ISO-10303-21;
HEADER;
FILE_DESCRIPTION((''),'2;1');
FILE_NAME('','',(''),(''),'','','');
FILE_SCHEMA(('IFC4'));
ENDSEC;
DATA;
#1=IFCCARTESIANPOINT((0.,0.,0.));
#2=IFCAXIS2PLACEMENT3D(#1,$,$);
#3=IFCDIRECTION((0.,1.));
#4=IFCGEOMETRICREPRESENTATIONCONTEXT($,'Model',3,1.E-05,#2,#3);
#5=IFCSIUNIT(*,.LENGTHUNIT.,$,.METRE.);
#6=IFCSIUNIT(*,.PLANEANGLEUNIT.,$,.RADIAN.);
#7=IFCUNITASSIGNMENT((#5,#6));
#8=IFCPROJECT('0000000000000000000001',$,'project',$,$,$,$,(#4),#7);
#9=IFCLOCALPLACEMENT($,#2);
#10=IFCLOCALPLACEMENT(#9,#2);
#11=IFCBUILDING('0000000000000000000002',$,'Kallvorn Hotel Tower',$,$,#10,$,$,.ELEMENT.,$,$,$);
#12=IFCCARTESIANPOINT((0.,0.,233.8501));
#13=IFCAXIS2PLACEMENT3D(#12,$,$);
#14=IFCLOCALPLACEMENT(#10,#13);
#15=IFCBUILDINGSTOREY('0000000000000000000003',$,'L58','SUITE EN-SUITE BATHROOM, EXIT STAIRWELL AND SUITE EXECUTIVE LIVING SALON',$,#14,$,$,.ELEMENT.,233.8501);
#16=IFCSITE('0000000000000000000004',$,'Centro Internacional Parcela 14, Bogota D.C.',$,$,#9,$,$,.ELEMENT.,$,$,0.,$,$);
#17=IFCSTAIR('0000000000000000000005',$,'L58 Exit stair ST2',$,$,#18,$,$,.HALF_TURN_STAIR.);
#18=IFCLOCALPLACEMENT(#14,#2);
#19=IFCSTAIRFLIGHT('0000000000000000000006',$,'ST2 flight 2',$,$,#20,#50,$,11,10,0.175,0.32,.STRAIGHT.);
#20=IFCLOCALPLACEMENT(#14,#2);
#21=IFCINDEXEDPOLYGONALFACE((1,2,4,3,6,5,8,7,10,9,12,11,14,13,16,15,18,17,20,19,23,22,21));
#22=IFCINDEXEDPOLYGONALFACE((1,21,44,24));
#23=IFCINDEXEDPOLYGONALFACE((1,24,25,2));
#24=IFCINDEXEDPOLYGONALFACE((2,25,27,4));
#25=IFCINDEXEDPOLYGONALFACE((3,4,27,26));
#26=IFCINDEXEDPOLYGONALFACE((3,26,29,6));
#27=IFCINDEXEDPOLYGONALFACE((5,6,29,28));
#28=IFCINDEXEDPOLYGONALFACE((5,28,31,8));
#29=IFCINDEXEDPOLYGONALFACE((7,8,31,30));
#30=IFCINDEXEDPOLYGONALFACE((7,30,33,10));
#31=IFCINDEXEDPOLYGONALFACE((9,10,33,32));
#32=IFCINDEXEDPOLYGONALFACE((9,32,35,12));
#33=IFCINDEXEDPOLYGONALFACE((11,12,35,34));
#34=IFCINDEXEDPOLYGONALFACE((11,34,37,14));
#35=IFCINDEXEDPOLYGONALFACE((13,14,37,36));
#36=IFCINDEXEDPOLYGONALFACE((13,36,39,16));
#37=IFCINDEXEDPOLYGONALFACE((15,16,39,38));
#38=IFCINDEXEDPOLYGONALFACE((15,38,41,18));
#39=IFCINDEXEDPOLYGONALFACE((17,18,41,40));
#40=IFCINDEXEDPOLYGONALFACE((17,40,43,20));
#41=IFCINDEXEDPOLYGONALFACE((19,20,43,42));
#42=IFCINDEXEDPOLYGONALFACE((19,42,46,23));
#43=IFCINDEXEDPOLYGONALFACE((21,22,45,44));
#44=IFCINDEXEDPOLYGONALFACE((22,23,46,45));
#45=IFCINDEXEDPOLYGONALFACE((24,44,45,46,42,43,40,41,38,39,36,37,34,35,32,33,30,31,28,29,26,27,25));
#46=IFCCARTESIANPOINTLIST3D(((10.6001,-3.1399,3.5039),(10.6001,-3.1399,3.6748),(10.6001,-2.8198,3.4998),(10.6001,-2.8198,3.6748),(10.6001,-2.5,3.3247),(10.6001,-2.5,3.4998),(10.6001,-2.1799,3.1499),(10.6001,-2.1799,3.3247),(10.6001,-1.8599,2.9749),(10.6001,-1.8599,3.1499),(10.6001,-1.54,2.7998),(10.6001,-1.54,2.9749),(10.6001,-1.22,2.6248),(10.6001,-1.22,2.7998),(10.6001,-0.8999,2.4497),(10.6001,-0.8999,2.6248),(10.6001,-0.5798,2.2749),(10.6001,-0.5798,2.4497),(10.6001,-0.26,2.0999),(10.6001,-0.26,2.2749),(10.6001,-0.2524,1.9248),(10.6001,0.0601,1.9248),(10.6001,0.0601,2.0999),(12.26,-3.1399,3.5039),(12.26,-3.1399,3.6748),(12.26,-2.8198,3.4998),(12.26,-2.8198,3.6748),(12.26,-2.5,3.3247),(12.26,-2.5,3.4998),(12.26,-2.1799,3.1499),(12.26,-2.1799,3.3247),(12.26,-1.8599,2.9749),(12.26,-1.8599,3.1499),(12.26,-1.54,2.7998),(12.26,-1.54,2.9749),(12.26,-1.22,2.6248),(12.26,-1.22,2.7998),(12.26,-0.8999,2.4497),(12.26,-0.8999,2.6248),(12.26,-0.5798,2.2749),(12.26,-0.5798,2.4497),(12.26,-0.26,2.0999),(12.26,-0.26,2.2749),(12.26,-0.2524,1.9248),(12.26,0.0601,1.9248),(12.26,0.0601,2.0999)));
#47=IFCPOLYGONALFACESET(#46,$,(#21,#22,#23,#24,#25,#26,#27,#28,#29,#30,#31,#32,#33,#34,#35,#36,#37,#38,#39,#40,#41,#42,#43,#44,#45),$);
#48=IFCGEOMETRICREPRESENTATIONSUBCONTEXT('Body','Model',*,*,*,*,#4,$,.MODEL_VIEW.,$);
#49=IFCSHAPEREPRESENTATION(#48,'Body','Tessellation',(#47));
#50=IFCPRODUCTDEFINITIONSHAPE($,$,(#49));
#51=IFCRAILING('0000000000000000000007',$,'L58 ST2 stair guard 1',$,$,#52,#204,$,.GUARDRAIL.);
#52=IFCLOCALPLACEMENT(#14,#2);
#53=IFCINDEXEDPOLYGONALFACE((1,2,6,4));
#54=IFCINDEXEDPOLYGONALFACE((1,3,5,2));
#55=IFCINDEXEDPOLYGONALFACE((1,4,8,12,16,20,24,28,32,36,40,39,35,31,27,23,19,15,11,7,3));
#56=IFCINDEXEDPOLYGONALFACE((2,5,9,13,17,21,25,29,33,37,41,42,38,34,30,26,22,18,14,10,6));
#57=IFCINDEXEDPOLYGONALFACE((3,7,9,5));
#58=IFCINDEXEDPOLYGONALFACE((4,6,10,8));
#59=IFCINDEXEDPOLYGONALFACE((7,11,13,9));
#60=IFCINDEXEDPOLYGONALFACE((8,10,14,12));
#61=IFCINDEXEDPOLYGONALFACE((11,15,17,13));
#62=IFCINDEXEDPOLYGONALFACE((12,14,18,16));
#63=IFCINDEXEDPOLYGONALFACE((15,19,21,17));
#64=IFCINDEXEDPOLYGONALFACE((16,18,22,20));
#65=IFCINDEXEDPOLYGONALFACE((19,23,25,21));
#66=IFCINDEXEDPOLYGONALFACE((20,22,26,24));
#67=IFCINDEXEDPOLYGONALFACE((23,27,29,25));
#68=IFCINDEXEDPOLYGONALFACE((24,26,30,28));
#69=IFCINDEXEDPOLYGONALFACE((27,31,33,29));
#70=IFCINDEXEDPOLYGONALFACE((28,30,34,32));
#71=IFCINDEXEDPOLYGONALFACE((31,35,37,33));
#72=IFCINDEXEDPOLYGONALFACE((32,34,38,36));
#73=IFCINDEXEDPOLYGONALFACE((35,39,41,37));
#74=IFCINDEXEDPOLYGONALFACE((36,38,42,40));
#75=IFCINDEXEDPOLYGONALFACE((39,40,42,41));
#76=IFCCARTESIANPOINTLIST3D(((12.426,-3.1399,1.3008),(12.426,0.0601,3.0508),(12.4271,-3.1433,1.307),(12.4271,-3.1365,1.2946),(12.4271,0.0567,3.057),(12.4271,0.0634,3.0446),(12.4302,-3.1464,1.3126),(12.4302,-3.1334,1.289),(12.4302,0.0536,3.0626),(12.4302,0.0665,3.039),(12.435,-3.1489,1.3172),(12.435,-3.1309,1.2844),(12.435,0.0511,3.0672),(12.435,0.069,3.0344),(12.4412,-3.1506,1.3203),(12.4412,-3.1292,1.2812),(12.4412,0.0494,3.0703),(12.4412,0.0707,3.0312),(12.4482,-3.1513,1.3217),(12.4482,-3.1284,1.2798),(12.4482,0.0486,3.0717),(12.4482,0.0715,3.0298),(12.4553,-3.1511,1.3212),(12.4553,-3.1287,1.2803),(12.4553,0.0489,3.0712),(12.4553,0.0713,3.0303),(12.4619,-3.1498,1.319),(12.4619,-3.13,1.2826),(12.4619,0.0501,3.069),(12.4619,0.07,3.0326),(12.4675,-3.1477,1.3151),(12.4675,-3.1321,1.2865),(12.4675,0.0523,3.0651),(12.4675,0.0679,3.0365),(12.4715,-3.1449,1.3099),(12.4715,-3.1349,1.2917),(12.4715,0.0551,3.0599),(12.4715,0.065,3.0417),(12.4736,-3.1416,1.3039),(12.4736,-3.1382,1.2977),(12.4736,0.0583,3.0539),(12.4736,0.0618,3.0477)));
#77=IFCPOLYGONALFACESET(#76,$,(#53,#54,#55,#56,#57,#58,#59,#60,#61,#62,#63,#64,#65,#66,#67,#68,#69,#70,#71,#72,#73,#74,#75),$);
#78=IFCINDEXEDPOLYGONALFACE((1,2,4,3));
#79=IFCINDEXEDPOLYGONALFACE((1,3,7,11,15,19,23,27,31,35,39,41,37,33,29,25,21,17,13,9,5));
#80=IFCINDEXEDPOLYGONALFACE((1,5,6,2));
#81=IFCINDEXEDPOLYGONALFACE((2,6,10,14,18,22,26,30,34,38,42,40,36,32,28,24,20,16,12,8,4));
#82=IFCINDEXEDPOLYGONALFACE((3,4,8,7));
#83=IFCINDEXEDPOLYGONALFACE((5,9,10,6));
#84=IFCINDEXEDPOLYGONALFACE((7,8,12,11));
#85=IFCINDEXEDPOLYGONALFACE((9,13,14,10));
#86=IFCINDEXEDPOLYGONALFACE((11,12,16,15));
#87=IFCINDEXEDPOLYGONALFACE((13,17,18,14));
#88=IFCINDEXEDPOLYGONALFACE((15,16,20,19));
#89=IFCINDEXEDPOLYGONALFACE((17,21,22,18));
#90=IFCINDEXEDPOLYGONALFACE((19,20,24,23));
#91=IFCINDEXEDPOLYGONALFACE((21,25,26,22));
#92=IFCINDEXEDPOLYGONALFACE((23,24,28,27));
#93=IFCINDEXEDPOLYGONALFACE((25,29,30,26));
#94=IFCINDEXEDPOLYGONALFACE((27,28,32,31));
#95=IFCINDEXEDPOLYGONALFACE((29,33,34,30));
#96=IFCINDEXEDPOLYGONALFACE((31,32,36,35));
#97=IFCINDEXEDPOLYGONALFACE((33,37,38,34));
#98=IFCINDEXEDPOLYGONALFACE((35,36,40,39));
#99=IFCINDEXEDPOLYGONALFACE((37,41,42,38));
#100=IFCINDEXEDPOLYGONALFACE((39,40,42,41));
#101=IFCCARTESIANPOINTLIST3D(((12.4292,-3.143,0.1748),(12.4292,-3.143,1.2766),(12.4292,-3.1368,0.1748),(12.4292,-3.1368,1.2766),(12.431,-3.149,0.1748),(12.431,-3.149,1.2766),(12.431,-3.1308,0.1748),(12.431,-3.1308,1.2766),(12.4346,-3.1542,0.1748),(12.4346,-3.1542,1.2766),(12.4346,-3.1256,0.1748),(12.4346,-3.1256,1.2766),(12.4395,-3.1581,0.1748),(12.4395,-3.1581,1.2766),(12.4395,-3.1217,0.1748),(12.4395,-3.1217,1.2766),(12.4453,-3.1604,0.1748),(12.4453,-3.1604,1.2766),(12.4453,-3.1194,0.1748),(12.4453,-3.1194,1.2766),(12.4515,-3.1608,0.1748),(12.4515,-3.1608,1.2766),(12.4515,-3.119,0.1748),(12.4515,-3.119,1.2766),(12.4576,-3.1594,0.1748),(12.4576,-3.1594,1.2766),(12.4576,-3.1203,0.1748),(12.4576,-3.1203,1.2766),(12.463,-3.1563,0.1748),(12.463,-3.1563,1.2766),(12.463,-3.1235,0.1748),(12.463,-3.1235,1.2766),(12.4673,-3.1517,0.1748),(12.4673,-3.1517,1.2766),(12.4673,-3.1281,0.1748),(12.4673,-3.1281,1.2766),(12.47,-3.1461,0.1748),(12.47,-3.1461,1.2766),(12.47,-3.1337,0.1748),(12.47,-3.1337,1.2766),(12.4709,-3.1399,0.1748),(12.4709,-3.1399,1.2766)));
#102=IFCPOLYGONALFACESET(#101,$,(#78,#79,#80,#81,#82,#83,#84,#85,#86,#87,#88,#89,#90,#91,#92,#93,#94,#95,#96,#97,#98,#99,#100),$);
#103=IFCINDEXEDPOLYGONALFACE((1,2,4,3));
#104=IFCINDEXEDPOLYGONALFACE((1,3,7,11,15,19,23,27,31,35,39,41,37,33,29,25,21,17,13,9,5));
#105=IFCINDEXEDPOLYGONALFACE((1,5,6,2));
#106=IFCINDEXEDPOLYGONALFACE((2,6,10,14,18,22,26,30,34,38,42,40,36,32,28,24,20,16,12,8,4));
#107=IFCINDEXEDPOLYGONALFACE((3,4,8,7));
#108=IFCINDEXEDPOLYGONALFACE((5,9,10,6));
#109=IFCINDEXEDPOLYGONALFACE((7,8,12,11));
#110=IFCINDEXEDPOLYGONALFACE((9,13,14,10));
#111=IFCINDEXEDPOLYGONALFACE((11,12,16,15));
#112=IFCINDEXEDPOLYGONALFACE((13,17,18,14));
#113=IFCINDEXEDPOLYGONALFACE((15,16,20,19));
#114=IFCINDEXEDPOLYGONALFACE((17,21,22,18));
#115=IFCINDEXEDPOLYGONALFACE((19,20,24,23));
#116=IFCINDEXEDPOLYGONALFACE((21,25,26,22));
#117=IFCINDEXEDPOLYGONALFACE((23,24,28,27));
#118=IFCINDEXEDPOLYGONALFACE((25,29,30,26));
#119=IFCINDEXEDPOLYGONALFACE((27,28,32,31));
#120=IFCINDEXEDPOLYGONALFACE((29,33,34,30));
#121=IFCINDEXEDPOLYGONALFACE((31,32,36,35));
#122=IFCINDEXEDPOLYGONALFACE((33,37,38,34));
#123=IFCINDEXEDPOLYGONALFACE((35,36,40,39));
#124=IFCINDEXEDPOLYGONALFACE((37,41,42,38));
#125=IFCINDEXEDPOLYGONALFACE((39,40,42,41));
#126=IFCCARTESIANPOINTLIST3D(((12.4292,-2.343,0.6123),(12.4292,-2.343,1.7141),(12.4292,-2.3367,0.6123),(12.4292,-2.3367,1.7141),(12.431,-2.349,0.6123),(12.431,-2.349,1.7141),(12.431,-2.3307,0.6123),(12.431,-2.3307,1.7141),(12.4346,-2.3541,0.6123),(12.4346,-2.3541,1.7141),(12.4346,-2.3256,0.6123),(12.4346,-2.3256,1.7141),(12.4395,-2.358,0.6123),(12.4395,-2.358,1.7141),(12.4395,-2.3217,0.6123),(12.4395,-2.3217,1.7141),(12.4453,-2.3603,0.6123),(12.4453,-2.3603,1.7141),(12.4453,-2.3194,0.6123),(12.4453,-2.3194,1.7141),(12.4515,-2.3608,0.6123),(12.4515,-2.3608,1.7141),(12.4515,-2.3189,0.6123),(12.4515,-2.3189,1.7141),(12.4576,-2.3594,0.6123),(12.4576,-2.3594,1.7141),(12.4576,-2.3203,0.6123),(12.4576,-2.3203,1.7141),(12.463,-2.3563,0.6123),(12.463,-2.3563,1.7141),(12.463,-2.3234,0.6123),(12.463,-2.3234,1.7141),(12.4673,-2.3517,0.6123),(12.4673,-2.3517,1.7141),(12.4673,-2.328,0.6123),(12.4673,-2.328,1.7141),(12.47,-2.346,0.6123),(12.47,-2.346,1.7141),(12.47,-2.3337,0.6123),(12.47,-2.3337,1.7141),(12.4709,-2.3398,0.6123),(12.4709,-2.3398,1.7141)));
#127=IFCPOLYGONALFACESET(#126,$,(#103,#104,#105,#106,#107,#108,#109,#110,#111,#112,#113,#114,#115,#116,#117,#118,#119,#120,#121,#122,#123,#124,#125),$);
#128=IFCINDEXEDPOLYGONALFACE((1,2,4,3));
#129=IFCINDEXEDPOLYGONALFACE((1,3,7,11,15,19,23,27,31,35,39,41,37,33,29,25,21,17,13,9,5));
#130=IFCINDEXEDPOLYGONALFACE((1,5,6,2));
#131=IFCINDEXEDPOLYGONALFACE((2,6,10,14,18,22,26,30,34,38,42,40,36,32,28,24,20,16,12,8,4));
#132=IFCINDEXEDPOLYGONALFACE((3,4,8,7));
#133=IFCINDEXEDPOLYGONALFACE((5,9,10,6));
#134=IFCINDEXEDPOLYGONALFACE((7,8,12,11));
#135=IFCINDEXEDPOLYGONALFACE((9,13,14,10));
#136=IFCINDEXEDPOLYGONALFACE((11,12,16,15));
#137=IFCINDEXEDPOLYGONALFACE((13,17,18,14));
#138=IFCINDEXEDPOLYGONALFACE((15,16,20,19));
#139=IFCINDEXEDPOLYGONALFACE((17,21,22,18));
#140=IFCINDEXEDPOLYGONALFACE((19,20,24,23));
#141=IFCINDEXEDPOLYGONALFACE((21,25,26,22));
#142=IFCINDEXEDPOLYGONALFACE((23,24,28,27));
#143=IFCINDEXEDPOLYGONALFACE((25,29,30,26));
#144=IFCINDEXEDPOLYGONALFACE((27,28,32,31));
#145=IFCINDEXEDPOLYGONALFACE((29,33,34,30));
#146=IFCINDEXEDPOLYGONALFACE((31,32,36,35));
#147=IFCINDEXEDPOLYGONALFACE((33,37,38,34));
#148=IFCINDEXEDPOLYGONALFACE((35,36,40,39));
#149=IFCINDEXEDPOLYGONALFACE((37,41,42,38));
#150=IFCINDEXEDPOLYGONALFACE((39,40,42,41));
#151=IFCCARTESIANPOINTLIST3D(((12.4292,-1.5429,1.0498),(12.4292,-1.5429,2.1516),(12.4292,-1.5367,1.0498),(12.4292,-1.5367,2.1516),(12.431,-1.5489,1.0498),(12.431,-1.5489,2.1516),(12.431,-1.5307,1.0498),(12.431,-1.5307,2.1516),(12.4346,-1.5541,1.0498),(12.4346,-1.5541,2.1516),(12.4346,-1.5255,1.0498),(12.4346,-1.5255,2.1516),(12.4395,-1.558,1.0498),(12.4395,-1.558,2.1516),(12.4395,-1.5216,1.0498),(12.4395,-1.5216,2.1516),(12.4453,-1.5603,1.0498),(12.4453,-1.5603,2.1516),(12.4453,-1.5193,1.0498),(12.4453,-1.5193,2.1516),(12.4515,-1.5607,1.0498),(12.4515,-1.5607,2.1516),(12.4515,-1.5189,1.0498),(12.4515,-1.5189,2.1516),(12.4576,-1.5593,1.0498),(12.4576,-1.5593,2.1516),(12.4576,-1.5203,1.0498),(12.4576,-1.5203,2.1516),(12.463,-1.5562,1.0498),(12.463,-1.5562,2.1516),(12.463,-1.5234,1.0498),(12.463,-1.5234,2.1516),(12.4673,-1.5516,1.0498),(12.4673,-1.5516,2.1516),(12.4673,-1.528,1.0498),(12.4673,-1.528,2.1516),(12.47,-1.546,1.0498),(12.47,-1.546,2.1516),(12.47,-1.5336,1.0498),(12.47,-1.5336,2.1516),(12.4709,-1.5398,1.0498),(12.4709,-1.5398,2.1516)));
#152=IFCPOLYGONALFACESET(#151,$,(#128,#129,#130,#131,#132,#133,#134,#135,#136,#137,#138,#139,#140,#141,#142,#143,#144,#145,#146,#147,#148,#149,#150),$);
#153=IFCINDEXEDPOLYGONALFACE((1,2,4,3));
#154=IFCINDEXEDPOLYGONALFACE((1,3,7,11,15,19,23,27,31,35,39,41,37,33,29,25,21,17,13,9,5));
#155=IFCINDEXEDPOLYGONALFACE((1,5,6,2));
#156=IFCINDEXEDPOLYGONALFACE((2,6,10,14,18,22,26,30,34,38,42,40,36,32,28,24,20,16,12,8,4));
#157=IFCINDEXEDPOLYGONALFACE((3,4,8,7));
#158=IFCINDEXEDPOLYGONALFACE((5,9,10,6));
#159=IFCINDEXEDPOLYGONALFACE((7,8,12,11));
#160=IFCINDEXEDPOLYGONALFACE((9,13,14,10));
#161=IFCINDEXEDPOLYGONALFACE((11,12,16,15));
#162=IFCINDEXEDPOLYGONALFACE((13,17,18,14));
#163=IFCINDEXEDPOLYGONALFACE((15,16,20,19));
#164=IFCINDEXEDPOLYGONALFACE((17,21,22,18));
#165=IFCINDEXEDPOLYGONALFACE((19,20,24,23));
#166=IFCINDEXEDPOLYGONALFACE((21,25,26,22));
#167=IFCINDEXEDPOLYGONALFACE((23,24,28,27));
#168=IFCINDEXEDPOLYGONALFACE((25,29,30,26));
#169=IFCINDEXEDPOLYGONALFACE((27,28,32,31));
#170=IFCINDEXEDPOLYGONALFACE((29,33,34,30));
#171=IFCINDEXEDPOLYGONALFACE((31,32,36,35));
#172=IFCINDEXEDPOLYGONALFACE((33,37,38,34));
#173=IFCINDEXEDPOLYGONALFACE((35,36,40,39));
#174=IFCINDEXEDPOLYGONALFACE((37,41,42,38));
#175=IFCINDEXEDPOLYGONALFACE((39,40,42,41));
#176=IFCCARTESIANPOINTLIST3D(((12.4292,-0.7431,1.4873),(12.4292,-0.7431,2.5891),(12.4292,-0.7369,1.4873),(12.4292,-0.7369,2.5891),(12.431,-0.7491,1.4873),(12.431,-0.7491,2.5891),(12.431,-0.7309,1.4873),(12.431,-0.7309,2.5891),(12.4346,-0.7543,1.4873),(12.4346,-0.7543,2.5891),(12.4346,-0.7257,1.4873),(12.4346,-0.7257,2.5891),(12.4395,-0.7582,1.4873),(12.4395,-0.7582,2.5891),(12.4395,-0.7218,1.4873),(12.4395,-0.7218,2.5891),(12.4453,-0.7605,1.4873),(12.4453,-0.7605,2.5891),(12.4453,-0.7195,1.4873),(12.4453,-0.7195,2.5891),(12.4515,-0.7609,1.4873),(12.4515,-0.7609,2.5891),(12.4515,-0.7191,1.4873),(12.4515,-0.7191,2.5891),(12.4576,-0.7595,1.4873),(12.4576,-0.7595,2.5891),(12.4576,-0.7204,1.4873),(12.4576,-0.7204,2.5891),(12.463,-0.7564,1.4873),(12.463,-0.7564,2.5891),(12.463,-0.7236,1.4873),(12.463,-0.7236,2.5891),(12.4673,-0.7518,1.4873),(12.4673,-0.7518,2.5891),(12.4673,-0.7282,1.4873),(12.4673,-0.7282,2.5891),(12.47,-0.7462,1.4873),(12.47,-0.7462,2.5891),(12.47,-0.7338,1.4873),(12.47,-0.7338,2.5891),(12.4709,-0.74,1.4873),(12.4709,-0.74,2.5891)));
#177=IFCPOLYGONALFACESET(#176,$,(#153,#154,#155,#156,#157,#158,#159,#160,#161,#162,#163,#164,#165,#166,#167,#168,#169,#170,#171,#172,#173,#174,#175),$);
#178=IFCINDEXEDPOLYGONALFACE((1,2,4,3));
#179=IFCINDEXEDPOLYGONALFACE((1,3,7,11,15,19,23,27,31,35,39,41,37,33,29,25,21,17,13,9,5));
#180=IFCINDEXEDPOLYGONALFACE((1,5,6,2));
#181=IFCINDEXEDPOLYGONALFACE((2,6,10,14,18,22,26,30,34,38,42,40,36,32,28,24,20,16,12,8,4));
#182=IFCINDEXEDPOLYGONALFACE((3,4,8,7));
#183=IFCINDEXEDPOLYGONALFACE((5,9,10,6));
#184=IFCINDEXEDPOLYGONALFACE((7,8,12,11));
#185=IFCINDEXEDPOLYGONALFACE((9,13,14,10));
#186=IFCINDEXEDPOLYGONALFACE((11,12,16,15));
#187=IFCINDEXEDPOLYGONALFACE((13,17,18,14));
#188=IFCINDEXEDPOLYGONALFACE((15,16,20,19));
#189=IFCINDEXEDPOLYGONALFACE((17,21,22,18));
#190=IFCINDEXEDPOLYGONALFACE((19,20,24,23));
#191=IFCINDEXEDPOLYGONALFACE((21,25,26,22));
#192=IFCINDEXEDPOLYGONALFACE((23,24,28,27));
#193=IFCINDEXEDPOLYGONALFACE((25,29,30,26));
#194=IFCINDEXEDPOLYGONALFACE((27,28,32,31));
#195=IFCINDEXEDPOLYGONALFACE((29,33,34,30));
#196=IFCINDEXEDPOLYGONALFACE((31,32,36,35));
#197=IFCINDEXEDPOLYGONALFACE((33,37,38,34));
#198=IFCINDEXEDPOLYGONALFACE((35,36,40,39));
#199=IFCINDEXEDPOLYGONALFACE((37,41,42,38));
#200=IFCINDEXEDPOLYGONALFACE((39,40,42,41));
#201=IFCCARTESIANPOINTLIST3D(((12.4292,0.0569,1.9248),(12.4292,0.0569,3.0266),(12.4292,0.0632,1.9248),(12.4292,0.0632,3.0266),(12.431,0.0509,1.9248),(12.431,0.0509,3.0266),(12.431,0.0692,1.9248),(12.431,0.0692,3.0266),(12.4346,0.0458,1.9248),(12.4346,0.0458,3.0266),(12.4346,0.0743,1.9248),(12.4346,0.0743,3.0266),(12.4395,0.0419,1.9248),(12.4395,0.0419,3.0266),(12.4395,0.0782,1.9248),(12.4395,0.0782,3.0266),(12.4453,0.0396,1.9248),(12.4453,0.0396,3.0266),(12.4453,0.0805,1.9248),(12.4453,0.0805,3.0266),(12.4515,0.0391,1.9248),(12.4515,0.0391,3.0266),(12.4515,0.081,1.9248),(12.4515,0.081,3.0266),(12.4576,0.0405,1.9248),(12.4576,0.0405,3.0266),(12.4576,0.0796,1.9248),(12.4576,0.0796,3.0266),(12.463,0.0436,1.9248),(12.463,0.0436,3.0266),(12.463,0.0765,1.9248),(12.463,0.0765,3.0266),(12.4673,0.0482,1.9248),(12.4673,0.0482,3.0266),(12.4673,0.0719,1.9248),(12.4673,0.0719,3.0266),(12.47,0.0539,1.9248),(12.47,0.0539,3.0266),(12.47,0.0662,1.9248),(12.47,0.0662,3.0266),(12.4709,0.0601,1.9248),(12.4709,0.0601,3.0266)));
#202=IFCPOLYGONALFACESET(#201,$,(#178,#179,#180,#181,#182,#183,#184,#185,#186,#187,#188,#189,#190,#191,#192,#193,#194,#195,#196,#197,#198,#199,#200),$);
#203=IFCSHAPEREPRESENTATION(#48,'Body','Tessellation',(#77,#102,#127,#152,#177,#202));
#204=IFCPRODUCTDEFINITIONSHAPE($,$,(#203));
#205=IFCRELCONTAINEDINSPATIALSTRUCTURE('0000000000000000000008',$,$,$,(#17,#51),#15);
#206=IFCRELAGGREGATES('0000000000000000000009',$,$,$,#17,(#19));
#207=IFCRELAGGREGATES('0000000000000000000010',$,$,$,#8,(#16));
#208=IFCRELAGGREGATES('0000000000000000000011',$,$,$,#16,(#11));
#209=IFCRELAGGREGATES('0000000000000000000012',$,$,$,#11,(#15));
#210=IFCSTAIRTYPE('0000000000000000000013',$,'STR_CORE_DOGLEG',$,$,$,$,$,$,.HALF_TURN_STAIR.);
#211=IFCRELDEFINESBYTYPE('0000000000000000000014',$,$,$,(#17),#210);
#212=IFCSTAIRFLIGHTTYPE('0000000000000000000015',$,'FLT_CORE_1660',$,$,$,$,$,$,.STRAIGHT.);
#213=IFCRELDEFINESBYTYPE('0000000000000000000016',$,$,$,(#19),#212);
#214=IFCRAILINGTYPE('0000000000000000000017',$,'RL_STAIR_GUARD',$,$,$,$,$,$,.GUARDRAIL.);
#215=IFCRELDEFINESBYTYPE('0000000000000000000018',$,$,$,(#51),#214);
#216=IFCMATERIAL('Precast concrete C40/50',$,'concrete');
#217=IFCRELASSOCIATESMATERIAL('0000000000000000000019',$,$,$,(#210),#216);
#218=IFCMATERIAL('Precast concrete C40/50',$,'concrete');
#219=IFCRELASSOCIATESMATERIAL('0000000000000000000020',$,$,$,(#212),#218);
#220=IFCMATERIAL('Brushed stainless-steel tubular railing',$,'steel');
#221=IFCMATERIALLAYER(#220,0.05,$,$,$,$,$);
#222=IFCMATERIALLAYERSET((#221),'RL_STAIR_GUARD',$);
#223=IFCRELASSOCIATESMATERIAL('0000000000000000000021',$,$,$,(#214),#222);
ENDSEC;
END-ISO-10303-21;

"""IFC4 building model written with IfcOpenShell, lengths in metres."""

from ifc_helpers import new_model, si_unit, direction, frame, origin, origin_2d, place, context, subcontext, project, spatial, polyline, circle, outline, extrude, material, layer, layer_set, type_object, element, aggregate, save


model = new_model("IFC4")

# Units and contexts
model_context = context("Model", 3, precision=1e-05, world=origin(), true_north=direction((0.0, 1.0)))
body_context = subcontext(model_context, "Body", "Model", "MODEL_VIEW")
ifc_project = project(units=[si_unit("LENGTHUNIT", "METRE"), si_unit("PLANEANGLEUNIT", "RADIAN")], contexts=[model_context])

# Site, building, storey
site_placement = place(None, origin())
site = spatial("IfcSite", under=ifc_project, at=site_placement, Name="Centro Internacional Parcela 14, Bogota D.C.", CompositionType="ELEMENT", RefElevation=0.0)
building_placement = place(site_placement, origin())
building = spatial("IfcBuilding", under=site, at=building_placement, Name="Kallvorn Hotel Tower", CompositionType="ELEMENT")
storey_placement = place(building_placement, frame((0.0, 0.0, 233.8501)))
storey = spatial("IfcBuildingStorey", under=building, at=storey_placement, Name="L58", Description="SUITE EN-SUITE BATHROOM, EXIT STAIRWELL AND SUITE EXECUTIVE LIVING SALON", CompositionType="ELEMENT", Elevation=233.8501)

# Stair, stair flight
ifc_material_1 = material(Name="Precast concrete C40/50", Category="concrete")
stair_type = type_object("IfcStairType", Name="STR_CORE_DOGLEG", PredefinedType="HALF_TURN_STAIR", material=ifc_material_1)
stair_placement = place(storey_placement, origin())
stair = element("IfcStair", 1, at=stair_placement, inside=storey, type_object=stair_type, Name="L58 Exit stair ST2", PredefinedType="HALF_TURN_STAIR")
ifc_material_2 = material(Name="Precast concrete C40/50", Category="concrete")
stair_flight_type = type_object("IfcStairFlightType", Name="FLT_CORE_1660", PredefinedType="STRAIGHT", material=ifc_material_2)
stair_flight_1_placement = place(storey_placement, frame((11.4299, 0.0601, 1.9248), z_axis=(0.0, 0.0, 1.0), x_axis=(0.0, -1.0, 0.0)))
stair_flight_1 = element("IfcStairFlight", 2, at=stair_flight_1_placement, type_object=stair_flight_type, Name="ST2 flight 2", NumberOfRisers=11, NumberOfTreads=10, PredefinedType="STRAIGHT", RiserHeight=0.175, TreadLength=0.32, context=body_context, shape_type="SweptSolid", body=[
    extrude(outline(polyline([(0.0, 0.0), (0.0, 0.175), (0.3201, 0.175), (0.3201, 0.3501), (0.6399, 0.3501), (0.6399, 0.5249), (0.96, 0.5249), (0.96, 0.7), (1.28, 0.7), (1.28, 0.875), (1.6001, 0.875), (1.6001, 1.05), (1.9199, 1.05), (1.9199, 1.2251), (2.24, 1.2251), (2.24, 1.3999), (2.5601, 1.3999), (2.5601, 1.575), (2.8799, 1.575), (2.8799, 1.75), (3.2, 1.75), (3.2, 1.925), (3.2, 1.5791), (0.3125, 0.0), (0.0, 0.0)])), frame((0.0, 0.8301, 0.0), z_axis=(0.0, -1.0, 0.0), x_axis=(1.0, 0.0, 0.0)), (0.0, 0.0, 1.0), 1.6599),
])
aggregate(stair, [stair_flight_1])

# Railing
ifc_material_3 = material(Name="Brushed stainless-steel tubular railing", Category="steel")
ifc_layer_1 = layer(ifc_material_3, 0.05)
ifc_layer_set_1 = layer_set([ifc_layer_1], Name="RL_STAIR_GUARD")
railing_type_1 = type_object("IfcRailingType", Name="RL_STAIR_GUARD", PredefinedType="GUARDRAIL", material=ifc_layer_set_1)
railing_1_placement = place(storey_placement, frame((12.45, -3.1399, 0.1748)))
element("IfcRailing", 3, at=railing_1_placement, inside=storey, type_object=railing_type_1, Name="L58 ST2 stair guard 1", PredefinedType="GUARDRAIL", context=body_context, shape_type="SweptSolid", body=[
    extrude(circle(Radius=0.0239, at=origin_2d()), frame((0.0, 0.0, 1.126), z_axis=(0.0, 0.877368, 0.479818), x_axis=(-1.0, 0.0, 0.0)), (0.0, 0.0, 1.0), 3.6472),
    extrude(circle(Radius=0.021, at=origin_2d()), origin(), (0.0, 0.0, 1.0), 1.1018),
    extrude(circle(Radius=0.021, at=origin_2d()), frame((0.0, 0.8, 0.4375)), (0.0, 0.0, 1.0), 1.1018),
    extrude(circle(Radius=0.021, at=origin_2d()), frame((0.0, 1.6001, 0.875)), (0.0, 0.0, 1.0), 1.1018),
    extrude(circle(Radius=0.021, at=origin_2d()), frame((0.0, 2.3999, 1.3125)), (0.0, 0.0, 1.0), 1.1018),
    extrude(circle(Radius=0.021, at=origin_2d()), frame((0.0, 3.2, 1.75)), (0.0, 0.0, 1.0), 1.1018),
])

save(model, "model.ifc")
